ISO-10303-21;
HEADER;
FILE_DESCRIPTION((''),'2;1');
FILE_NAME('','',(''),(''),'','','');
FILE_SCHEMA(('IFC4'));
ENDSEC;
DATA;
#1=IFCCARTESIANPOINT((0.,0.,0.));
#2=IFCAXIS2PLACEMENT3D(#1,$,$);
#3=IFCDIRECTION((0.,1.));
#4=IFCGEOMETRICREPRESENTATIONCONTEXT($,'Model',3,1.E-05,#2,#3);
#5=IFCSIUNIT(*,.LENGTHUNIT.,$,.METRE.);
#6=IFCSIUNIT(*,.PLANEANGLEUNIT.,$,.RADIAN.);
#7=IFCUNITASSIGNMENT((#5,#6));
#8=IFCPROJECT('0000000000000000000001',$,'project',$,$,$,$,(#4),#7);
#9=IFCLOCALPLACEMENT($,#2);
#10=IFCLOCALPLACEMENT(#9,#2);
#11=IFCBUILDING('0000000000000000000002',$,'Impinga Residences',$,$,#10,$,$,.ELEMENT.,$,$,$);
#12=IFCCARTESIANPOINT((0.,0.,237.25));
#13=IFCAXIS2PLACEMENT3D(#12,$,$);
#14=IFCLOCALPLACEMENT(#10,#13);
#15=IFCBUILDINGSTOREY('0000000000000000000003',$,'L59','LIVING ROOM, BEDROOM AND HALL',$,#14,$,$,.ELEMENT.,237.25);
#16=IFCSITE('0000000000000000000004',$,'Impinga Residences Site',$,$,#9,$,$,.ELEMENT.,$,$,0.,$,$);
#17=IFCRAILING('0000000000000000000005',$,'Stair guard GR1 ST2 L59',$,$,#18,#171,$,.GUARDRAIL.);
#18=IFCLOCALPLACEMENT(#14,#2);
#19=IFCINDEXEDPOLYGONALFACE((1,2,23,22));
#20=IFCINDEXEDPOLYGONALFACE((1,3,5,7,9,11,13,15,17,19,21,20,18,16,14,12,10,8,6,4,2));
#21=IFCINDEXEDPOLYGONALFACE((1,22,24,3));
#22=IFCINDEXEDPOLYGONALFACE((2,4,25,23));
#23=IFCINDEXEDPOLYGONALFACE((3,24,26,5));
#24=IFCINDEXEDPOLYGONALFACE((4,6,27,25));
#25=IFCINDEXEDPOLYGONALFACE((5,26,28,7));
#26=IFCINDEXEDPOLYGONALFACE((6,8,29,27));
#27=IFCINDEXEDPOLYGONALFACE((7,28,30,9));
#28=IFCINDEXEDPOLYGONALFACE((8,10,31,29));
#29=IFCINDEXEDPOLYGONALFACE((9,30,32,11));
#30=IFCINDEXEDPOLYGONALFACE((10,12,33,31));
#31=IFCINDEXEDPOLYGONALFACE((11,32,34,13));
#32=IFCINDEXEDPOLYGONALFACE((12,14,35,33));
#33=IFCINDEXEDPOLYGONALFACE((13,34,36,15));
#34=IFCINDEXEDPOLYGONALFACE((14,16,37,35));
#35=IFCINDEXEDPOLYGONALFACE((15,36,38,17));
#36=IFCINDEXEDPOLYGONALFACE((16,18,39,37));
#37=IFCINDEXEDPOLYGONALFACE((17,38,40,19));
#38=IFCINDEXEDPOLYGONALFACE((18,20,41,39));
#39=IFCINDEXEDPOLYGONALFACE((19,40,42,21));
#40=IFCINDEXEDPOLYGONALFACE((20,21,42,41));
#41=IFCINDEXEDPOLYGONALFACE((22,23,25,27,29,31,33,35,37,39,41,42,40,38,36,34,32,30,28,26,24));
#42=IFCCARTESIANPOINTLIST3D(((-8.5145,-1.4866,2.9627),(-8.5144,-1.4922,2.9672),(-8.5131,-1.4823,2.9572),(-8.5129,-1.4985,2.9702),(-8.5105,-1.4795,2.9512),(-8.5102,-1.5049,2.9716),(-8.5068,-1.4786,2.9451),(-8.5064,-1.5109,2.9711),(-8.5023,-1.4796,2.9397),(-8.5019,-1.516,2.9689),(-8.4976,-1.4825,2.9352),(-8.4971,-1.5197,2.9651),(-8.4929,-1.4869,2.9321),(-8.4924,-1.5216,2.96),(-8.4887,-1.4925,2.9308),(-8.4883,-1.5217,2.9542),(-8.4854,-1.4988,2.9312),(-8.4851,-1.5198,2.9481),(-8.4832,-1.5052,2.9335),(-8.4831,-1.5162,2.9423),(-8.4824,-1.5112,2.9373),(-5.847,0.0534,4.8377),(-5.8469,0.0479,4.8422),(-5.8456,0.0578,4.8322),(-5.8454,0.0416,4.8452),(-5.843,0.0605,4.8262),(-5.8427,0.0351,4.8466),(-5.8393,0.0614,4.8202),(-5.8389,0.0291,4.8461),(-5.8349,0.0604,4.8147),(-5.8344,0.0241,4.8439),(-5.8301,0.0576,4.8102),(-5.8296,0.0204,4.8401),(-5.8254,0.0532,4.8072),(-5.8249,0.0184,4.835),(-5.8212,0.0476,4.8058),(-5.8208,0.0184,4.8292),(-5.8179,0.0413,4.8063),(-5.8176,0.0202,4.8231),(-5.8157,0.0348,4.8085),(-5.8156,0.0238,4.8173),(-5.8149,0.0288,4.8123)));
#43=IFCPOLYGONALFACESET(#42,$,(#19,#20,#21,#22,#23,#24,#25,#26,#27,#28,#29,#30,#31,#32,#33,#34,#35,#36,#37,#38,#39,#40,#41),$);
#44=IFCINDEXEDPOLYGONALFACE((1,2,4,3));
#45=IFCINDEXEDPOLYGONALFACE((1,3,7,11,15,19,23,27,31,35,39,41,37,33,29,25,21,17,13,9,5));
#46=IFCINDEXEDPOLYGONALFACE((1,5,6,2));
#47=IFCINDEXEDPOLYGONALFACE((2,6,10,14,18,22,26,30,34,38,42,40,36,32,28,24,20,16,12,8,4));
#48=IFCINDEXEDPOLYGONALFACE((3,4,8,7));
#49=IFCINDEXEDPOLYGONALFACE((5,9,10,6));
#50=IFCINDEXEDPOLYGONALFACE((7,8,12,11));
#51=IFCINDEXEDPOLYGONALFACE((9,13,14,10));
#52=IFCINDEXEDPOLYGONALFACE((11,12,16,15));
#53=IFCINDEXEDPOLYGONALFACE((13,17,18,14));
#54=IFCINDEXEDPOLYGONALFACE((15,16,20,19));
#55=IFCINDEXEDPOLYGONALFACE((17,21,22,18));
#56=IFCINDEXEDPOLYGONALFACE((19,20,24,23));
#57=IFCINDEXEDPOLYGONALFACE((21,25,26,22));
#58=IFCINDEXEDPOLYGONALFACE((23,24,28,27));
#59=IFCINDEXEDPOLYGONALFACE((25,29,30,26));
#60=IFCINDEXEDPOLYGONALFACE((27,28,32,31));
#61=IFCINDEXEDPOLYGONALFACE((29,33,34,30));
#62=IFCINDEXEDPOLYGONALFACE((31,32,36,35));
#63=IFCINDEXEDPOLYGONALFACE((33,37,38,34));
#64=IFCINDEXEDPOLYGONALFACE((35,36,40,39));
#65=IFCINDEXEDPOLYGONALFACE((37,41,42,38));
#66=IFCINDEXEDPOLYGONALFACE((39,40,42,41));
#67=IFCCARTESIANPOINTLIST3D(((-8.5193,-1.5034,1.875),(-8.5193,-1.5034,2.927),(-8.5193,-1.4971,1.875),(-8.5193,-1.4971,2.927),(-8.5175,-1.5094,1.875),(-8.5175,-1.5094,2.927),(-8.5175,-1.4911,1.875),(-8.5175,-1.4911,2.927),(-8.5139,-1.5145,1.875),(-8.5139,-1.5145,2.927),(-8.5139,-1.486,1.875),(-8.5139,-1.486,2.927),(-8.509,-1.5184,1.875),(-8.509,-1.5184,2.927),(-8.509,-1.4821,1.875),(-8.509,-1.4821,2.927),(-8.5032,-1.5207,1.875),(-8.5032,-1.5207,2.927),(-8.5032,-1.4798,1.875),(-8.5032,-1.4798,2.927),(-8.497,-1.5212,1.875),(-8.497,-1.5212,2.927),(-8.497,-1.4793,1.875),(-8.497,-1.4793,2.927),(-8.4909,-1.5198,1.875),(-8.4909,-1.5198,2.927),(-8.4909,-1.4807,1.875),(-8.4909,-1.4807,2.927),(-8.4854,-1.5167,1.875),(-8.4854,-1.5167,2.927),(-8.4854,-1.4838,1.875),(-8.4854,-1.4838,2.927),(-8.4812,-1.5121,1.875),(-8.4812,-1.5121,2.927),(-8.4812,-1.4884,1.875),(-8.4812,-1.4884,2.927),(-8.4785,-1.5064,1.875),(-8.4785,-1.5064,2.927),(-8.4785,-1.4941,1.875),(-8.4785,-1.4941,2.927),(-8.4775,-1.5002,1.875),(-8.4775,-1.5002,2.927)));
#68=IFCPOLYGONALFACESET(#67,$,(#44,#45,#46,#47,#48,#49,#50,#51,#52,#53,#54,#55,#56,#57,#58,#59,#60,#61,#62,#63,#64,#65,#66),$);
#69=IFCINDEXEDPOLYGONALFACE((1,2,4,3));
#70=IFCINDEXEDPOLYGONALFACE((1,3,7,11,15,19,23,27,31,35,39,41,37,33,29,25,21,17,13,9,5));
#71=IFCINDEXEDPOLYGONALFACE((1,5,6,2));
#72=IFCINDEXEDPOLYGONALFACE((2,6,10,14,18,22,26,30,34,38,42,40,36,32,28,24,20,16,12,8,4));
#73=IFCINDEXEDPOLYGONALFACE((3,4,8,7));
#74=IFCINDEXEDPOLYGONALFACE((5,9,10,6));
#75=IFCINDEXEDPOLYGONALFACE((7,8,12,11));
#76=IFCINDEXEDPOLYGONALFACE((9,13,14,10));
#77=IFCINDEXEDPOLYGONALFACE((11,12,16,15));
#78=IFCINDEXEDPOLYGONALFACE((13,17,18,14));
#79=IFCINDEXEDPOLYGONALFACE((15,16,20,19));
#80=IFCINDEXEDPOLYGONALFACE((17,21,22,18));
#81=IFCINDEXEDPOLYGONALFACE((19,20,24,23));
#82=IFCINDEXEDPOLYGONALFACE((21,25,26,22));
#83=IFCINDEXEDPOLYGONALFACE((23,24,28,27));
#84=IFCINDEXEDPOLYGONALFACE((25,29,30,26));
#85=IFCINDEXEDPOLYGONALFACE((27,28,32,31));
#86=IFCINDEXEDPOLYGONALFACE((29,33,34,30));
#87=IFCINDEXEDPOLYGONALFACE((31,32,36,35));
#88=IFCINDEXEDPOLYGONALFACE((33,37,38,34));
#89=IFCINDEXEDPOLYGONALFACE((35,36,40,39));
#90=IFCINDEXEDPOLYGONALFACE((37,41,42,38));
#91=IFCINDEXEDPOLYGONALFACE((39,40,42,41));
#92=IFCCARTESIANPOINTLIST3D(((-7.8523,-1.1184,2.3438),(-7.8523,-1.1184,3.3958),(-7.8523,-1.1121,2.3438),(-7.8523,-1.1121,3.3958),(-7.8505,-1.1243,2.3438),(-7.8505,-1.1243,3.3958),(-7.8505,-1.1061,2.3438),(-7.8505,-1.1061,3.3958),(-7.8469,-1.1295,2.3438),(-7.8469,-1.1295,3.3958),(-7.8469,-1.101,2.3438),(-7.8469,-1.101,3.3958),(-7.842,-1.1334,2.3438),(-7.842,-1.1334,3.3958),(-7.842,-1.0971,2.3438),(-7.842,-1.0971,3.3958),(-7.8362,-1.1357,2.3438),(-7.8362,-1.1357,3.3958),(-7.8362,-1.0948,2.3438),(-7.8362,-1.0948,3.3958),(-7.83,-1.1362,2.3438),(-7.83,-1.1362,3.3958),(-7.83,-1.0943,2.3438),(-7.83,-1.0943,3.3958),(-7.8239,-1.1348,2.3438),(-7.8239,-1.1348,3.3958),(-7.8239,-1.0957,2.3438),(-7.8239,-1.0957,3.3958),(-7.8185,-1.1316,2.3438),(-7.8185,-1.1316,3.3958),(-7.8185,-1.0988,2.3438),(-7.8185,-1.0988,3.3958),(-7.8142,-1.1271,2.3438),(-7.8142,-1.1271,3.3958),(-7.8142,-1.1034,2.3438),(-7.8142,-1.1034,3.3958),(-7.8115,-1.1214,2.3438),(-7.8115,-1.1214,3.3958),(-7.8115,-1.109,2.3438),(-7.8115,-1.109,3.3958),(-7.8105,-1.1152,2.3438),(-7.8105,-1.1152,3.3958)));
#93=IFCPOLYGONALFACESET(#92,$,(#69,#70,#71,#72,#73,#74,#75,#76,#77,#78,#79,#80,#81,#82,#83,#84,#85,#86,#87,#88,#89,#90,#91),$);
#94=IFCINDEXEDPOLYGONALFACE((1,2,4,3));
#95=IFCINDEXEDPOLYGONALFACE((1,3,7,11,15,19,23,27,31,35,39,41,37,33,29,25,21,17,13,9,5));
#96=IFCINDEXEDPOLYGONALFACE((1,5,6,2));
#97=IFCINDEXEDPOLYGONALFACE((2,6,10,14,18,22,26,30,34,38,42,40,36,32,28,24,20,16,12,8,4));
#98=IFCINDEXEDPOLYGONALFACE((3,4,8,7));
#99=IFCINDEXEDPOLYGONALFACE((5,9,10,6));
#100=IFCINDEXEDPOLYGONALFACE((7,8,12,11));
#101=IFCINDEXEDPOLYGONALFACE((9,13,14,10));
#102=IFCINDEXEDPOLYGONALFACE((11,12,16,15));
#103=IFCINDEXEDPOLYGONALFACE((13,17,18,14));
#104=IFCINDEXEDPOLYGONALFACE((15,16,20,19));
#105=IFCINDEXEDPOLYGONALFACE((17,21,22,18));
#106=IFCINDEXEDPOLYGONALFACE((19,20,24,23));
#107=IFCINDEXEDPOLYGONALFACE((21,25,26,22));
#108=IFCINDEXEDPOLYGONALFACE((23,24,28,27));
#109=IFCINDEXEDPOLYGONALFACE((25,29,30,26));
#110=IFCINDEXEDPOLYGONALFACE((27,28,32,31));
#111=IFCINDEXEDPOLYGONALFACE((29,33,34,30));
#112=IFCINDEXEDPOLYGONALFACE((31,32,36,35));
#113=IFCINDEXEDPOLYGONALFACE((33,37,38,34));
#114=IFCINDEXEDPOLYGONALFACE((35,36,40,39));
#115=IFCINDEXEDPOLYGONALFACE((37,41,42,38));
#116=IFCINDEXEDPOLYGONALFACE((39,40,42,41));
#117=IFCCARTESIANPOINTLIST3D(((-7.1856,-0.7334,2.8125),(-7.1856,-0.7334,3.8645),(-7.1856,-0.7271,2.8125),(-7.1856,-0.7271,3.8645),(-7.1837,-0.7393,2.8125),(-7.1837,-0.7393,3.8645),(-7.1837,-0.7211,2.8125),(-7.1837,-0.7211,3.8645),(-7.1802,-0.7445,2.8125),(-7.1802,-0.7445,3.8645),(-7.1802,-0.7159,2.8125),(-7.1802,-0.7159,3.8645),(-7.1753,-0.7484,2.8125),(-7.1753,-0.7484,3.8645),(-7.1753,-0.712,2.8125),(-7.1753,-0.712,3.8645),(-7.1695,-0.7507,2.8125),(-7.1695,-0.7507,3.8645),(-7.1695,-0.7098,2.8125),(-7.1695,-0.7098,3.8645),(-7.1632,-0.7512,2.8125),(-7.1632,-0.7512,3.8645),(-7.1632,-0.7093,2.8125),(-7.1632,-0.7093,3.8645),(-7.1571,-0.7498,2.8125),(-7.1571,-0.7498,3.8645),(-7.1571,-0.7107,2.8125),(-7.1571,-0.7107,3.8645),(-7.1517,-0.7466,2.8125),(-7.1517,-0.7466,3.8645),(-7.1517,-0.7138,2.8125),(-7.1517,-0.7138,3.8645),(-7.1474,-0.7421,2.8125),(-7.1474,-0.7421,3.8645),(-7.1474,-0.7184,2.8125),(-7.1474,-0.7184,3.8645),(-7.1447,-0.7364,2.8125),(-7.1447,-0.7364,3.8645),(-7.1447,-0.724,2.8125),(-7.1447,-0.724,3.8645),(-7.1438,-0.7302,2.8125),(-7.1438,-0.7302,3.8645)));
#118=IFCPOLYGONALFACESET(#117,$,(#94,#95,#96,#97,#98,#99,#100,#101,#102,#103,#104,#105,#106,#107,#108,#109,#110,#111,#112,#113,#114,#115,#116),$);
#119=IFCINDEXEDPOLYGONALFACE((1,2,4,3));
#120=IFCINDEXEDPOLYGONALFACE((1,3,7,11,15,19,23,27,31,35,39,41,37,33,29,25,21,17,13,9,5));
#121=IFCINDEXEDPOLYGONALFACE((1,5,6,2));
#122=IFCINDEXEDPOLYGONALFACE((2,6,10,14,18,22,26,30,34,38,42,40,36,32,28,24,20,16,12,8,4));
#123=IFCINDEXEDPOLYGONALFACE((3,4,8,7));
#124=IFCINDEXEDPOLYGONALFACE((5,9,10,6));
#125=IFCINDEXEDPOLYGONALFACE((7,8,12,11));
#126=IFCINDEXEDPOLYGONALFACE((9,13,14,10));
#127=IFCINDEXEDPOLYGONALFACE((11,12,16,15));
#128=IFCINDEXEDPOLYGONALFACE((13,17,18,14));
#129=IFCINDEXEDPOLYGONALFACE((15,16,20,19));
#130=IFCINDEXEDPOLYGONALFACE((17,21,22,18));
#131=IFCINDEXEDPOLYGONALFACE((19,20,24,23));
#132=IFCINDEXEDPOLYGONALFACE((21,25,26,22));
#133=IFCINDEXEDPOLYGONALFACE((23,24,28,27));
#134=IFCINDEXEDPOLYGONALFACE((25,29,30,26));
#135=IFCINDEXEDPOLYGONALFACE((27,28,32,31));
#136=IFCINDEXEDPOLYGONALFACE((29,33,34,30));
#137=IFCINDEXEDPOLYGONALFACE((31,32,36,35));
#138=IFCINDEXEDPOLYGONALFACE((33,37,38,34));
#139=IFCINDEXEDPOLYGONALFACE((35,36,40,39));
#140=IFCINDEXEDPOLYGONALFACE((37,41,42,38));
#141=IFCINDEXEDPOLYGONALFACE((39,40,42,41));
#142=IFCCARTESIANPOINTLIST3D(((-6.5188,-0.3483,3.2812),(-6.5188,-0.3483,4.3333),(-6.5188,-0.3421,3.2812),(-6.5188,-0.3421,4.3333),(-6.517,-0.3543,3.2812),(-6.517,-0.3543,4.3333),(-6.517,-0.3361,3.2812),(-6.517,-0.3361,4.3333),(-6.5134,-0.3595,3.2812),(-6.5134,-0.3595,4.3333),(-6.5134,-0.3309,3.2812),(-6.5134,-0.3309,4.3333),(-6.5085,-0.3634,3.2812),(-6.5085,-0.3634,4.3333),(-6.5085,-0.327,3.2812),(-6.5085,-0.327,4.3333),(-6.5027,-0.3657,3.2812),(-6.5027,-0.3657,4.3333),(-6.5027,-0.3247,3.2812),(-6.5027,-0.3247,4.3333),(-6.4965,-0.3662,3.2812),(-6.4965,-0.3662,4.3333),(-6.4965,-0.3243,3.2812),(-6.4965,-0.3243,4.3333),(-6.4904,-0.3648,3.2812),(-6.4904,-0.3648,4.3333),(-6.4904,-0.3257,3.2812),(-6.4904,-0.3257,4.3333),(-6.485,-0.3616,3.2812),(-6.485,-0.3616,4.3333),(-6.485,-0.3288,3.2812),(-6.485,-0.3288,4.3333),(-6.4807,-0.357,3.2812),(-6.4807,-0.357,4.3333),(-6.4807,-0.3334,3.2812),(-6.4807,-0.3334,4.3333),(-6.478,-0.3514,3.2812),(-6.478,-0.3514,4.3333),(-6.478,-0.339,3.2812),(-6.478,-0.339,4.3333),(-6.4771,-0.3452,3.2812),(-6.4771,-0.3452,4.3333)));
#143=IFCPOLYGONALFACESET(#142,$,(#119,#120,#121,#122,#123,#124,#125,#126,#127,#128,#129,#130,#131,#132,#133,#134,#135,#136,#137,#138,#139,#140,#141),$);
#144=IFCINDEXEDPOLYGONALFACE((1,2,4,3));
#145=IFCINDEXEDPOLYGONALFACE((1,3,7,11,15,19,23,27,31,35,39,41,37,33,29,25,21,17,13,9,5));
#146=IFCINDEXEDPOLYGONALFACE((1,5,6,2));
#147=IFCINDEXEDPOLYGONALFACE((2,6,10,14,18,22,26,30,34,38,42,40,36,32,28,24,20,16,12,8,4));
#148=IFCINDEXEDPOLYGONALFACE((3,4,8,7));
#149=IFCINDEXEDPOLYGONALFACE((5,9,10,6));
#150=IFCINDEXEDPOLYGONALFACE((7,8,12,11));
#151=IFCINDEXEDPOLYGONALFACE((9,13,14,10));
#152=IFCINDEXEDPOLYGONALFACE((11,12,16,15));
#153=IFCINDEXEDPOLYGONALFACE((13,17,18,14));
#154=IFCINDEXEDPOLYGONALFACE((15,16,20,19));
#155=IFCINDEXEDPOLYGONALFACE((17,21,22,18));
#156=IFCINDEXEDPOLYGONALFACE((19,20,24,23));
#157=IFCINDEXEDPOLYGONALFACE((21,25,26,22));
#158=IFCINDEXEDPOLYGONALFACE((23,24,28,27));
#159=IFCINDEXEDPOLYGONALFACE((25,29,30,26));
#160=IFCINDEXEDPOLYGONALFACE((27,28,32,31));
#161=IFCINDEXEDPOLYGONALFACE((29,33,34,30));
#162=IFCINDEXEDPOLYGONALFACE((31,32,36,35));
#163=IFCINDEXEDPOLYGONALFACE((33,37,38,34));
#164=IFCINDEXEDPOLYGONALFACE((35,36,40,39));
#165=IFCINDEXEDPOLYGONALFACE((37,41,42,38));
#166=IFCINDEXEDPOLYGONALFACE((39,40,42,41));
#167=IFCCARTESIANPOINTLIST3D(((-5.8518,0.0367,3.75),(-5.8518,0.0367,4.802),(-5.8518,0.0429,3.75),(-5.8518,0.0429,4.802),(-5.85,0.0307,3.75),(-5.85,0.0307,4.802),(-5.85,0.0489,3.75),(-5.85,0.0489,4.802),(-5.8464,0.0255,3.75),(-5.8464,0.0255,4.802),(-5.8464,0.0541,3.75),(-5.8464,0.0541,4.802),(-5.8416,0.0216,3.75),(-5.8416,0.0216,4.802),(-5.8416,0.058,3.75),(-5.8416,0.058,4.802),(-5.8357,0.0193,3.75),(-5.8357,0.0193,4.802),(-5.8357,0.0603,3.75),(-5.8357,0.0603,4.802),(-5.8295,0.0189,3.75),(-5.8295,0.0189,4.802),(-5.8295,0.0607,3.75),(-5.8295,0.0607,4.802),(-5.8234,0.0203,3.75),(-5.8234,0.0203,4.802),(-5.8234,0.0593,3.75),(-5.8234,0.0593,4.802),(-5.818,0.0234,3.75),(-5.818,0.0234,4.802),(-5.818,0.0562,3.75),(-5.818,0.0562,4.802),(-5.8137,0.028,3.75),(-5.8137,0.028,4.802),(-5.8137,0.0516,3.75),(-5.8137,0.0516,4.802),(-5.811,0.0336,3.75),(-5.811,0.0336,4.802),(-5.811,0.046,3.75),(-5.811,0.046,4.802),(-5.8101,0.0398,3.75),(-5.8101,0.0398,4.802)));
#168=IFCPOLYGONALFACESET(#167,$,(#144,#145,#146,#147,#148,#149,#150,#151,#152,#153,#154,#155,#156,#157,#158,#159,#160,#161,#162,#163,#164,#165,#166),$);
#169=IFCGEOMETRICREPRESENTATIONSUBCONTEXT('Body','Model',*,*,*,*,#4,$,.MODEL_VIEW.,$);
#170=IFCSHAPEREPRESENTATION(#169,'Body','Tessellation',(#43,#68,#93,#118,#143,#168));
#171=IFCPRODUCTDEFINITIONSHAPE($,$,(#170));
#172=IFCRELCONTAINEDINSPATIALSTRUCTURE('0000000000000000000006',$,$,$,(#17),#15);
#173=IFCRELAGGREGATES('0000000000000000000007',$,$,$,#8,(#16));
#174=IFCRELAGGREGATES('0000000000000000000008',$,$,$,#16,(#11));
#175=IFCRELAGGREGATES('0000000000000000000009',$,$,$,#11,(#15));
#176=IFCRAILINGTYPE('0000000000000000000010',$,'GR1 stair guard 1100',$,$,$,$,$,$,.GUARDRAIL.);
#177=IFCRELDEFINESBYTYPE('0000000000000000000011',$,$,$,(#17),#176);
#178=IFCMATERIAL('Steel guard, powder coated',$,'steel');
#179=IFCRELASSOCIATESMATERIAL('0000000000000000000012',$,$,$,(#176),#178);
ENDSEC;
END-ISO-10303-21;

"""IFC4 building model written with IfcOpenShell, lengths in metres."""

from ifc_helpers import new_model, si_unit, direction, frame, origin, origin_2d, place, context, subcontext, project, spatial, circle, extrude, material, type_object, element, save


model = new_model("IFC4")

# Units and contexts
model_context = context("Model", 3, precision=1e-05, world=origin(), true_north=direction((0.0, 1.0)))
body_context = subcontext(model_context, "Body", "Model", "MODEL_VIEW")
ifc_project = project(units=[si_unit("LENGTHUNIT", "METRE"), si_unit("PLANEANGLEUNIT", "RADIAN")], contexts=[model_context])

# Site, building, storey
site_placement = place(None, origin())
site = spatial("IfcSite", under=ifc_project, at=site_placement, Name="Impinga Residences Site", CompositionType="ELEMENT", RefElevation=0.0)
building_placement = place(site_placement, origin())
building = spatial("IfcBuilding", under=site, at=building_placement, Name="Impinga Residences", CompositionType="ELEMENT")
storey_placement = place(building_placement, frame((0.0, 0.0, 237.25)))
storey = spatial("IfcBuildingStorey", under=building, at=storey_placement, Name="L59", Description="LIVING ROOM, BEDROOM AND HALL", CompositionType="ELEMENT", Elevation=237.25)

# Railing
ifc_material_1 = material(Name="Steel guard, powder coated", Category="steel")
railing_type = type_object("IfcRailingType", Name="GR1 stair guard 1100", PredefinedType="GUARDRAIL", material=ifc_material_1)
railing_placement = place(storey_placement, frame((-8.4985, -1.5002, 1.875)))
element("IfcRailing", 1, at=railing_placement, inside=storey, type_object=railing_type, Name="Stair guard GR1 ST2 L59", PredefinedType="GUARDRAIL", context=body_context, shape_type="SweptSolid", body=[
    extrude(circle(Radius=0.0239, at=origin_2d()), frame((0.0, 0.0, 1.0762), z_axis=(0.739746, 0.427084, 0.519975), x_axis=(-0.499992, 0.86603, 0.0)), (0.0, 0.0, 1.0), 3.606),
    extrude(circle(Radius=0.021, at=origin_2d()), origin(), (0.0, 0.0, 1.0), 1.052),
    extrude(circle(Radius=0.021, at=origin_2d()), frame((0.667, 0.385, 0.4688)), (0.0, 0.0, 1.0), 1.052),
    extrude(circle(Radius=0.021, at=origin_2d()), frame((1.3337, 0.77, 0.9375)), (0.0, 0.0, 1.0), 1.052),
    extrude(circle(Radius=0.021, at=origin_2d()), frame((2.0005, 1.155, 1.4062)), (0.0, 0.0, 1.0), 1.052),
    extrude(circle(Radius=0.021, at=origin_2d()), frame((2.6675, 1.54, 1.875)), (0.0, 0.0, 1.0), 1.052),
])

save(model, "model.ifc")
